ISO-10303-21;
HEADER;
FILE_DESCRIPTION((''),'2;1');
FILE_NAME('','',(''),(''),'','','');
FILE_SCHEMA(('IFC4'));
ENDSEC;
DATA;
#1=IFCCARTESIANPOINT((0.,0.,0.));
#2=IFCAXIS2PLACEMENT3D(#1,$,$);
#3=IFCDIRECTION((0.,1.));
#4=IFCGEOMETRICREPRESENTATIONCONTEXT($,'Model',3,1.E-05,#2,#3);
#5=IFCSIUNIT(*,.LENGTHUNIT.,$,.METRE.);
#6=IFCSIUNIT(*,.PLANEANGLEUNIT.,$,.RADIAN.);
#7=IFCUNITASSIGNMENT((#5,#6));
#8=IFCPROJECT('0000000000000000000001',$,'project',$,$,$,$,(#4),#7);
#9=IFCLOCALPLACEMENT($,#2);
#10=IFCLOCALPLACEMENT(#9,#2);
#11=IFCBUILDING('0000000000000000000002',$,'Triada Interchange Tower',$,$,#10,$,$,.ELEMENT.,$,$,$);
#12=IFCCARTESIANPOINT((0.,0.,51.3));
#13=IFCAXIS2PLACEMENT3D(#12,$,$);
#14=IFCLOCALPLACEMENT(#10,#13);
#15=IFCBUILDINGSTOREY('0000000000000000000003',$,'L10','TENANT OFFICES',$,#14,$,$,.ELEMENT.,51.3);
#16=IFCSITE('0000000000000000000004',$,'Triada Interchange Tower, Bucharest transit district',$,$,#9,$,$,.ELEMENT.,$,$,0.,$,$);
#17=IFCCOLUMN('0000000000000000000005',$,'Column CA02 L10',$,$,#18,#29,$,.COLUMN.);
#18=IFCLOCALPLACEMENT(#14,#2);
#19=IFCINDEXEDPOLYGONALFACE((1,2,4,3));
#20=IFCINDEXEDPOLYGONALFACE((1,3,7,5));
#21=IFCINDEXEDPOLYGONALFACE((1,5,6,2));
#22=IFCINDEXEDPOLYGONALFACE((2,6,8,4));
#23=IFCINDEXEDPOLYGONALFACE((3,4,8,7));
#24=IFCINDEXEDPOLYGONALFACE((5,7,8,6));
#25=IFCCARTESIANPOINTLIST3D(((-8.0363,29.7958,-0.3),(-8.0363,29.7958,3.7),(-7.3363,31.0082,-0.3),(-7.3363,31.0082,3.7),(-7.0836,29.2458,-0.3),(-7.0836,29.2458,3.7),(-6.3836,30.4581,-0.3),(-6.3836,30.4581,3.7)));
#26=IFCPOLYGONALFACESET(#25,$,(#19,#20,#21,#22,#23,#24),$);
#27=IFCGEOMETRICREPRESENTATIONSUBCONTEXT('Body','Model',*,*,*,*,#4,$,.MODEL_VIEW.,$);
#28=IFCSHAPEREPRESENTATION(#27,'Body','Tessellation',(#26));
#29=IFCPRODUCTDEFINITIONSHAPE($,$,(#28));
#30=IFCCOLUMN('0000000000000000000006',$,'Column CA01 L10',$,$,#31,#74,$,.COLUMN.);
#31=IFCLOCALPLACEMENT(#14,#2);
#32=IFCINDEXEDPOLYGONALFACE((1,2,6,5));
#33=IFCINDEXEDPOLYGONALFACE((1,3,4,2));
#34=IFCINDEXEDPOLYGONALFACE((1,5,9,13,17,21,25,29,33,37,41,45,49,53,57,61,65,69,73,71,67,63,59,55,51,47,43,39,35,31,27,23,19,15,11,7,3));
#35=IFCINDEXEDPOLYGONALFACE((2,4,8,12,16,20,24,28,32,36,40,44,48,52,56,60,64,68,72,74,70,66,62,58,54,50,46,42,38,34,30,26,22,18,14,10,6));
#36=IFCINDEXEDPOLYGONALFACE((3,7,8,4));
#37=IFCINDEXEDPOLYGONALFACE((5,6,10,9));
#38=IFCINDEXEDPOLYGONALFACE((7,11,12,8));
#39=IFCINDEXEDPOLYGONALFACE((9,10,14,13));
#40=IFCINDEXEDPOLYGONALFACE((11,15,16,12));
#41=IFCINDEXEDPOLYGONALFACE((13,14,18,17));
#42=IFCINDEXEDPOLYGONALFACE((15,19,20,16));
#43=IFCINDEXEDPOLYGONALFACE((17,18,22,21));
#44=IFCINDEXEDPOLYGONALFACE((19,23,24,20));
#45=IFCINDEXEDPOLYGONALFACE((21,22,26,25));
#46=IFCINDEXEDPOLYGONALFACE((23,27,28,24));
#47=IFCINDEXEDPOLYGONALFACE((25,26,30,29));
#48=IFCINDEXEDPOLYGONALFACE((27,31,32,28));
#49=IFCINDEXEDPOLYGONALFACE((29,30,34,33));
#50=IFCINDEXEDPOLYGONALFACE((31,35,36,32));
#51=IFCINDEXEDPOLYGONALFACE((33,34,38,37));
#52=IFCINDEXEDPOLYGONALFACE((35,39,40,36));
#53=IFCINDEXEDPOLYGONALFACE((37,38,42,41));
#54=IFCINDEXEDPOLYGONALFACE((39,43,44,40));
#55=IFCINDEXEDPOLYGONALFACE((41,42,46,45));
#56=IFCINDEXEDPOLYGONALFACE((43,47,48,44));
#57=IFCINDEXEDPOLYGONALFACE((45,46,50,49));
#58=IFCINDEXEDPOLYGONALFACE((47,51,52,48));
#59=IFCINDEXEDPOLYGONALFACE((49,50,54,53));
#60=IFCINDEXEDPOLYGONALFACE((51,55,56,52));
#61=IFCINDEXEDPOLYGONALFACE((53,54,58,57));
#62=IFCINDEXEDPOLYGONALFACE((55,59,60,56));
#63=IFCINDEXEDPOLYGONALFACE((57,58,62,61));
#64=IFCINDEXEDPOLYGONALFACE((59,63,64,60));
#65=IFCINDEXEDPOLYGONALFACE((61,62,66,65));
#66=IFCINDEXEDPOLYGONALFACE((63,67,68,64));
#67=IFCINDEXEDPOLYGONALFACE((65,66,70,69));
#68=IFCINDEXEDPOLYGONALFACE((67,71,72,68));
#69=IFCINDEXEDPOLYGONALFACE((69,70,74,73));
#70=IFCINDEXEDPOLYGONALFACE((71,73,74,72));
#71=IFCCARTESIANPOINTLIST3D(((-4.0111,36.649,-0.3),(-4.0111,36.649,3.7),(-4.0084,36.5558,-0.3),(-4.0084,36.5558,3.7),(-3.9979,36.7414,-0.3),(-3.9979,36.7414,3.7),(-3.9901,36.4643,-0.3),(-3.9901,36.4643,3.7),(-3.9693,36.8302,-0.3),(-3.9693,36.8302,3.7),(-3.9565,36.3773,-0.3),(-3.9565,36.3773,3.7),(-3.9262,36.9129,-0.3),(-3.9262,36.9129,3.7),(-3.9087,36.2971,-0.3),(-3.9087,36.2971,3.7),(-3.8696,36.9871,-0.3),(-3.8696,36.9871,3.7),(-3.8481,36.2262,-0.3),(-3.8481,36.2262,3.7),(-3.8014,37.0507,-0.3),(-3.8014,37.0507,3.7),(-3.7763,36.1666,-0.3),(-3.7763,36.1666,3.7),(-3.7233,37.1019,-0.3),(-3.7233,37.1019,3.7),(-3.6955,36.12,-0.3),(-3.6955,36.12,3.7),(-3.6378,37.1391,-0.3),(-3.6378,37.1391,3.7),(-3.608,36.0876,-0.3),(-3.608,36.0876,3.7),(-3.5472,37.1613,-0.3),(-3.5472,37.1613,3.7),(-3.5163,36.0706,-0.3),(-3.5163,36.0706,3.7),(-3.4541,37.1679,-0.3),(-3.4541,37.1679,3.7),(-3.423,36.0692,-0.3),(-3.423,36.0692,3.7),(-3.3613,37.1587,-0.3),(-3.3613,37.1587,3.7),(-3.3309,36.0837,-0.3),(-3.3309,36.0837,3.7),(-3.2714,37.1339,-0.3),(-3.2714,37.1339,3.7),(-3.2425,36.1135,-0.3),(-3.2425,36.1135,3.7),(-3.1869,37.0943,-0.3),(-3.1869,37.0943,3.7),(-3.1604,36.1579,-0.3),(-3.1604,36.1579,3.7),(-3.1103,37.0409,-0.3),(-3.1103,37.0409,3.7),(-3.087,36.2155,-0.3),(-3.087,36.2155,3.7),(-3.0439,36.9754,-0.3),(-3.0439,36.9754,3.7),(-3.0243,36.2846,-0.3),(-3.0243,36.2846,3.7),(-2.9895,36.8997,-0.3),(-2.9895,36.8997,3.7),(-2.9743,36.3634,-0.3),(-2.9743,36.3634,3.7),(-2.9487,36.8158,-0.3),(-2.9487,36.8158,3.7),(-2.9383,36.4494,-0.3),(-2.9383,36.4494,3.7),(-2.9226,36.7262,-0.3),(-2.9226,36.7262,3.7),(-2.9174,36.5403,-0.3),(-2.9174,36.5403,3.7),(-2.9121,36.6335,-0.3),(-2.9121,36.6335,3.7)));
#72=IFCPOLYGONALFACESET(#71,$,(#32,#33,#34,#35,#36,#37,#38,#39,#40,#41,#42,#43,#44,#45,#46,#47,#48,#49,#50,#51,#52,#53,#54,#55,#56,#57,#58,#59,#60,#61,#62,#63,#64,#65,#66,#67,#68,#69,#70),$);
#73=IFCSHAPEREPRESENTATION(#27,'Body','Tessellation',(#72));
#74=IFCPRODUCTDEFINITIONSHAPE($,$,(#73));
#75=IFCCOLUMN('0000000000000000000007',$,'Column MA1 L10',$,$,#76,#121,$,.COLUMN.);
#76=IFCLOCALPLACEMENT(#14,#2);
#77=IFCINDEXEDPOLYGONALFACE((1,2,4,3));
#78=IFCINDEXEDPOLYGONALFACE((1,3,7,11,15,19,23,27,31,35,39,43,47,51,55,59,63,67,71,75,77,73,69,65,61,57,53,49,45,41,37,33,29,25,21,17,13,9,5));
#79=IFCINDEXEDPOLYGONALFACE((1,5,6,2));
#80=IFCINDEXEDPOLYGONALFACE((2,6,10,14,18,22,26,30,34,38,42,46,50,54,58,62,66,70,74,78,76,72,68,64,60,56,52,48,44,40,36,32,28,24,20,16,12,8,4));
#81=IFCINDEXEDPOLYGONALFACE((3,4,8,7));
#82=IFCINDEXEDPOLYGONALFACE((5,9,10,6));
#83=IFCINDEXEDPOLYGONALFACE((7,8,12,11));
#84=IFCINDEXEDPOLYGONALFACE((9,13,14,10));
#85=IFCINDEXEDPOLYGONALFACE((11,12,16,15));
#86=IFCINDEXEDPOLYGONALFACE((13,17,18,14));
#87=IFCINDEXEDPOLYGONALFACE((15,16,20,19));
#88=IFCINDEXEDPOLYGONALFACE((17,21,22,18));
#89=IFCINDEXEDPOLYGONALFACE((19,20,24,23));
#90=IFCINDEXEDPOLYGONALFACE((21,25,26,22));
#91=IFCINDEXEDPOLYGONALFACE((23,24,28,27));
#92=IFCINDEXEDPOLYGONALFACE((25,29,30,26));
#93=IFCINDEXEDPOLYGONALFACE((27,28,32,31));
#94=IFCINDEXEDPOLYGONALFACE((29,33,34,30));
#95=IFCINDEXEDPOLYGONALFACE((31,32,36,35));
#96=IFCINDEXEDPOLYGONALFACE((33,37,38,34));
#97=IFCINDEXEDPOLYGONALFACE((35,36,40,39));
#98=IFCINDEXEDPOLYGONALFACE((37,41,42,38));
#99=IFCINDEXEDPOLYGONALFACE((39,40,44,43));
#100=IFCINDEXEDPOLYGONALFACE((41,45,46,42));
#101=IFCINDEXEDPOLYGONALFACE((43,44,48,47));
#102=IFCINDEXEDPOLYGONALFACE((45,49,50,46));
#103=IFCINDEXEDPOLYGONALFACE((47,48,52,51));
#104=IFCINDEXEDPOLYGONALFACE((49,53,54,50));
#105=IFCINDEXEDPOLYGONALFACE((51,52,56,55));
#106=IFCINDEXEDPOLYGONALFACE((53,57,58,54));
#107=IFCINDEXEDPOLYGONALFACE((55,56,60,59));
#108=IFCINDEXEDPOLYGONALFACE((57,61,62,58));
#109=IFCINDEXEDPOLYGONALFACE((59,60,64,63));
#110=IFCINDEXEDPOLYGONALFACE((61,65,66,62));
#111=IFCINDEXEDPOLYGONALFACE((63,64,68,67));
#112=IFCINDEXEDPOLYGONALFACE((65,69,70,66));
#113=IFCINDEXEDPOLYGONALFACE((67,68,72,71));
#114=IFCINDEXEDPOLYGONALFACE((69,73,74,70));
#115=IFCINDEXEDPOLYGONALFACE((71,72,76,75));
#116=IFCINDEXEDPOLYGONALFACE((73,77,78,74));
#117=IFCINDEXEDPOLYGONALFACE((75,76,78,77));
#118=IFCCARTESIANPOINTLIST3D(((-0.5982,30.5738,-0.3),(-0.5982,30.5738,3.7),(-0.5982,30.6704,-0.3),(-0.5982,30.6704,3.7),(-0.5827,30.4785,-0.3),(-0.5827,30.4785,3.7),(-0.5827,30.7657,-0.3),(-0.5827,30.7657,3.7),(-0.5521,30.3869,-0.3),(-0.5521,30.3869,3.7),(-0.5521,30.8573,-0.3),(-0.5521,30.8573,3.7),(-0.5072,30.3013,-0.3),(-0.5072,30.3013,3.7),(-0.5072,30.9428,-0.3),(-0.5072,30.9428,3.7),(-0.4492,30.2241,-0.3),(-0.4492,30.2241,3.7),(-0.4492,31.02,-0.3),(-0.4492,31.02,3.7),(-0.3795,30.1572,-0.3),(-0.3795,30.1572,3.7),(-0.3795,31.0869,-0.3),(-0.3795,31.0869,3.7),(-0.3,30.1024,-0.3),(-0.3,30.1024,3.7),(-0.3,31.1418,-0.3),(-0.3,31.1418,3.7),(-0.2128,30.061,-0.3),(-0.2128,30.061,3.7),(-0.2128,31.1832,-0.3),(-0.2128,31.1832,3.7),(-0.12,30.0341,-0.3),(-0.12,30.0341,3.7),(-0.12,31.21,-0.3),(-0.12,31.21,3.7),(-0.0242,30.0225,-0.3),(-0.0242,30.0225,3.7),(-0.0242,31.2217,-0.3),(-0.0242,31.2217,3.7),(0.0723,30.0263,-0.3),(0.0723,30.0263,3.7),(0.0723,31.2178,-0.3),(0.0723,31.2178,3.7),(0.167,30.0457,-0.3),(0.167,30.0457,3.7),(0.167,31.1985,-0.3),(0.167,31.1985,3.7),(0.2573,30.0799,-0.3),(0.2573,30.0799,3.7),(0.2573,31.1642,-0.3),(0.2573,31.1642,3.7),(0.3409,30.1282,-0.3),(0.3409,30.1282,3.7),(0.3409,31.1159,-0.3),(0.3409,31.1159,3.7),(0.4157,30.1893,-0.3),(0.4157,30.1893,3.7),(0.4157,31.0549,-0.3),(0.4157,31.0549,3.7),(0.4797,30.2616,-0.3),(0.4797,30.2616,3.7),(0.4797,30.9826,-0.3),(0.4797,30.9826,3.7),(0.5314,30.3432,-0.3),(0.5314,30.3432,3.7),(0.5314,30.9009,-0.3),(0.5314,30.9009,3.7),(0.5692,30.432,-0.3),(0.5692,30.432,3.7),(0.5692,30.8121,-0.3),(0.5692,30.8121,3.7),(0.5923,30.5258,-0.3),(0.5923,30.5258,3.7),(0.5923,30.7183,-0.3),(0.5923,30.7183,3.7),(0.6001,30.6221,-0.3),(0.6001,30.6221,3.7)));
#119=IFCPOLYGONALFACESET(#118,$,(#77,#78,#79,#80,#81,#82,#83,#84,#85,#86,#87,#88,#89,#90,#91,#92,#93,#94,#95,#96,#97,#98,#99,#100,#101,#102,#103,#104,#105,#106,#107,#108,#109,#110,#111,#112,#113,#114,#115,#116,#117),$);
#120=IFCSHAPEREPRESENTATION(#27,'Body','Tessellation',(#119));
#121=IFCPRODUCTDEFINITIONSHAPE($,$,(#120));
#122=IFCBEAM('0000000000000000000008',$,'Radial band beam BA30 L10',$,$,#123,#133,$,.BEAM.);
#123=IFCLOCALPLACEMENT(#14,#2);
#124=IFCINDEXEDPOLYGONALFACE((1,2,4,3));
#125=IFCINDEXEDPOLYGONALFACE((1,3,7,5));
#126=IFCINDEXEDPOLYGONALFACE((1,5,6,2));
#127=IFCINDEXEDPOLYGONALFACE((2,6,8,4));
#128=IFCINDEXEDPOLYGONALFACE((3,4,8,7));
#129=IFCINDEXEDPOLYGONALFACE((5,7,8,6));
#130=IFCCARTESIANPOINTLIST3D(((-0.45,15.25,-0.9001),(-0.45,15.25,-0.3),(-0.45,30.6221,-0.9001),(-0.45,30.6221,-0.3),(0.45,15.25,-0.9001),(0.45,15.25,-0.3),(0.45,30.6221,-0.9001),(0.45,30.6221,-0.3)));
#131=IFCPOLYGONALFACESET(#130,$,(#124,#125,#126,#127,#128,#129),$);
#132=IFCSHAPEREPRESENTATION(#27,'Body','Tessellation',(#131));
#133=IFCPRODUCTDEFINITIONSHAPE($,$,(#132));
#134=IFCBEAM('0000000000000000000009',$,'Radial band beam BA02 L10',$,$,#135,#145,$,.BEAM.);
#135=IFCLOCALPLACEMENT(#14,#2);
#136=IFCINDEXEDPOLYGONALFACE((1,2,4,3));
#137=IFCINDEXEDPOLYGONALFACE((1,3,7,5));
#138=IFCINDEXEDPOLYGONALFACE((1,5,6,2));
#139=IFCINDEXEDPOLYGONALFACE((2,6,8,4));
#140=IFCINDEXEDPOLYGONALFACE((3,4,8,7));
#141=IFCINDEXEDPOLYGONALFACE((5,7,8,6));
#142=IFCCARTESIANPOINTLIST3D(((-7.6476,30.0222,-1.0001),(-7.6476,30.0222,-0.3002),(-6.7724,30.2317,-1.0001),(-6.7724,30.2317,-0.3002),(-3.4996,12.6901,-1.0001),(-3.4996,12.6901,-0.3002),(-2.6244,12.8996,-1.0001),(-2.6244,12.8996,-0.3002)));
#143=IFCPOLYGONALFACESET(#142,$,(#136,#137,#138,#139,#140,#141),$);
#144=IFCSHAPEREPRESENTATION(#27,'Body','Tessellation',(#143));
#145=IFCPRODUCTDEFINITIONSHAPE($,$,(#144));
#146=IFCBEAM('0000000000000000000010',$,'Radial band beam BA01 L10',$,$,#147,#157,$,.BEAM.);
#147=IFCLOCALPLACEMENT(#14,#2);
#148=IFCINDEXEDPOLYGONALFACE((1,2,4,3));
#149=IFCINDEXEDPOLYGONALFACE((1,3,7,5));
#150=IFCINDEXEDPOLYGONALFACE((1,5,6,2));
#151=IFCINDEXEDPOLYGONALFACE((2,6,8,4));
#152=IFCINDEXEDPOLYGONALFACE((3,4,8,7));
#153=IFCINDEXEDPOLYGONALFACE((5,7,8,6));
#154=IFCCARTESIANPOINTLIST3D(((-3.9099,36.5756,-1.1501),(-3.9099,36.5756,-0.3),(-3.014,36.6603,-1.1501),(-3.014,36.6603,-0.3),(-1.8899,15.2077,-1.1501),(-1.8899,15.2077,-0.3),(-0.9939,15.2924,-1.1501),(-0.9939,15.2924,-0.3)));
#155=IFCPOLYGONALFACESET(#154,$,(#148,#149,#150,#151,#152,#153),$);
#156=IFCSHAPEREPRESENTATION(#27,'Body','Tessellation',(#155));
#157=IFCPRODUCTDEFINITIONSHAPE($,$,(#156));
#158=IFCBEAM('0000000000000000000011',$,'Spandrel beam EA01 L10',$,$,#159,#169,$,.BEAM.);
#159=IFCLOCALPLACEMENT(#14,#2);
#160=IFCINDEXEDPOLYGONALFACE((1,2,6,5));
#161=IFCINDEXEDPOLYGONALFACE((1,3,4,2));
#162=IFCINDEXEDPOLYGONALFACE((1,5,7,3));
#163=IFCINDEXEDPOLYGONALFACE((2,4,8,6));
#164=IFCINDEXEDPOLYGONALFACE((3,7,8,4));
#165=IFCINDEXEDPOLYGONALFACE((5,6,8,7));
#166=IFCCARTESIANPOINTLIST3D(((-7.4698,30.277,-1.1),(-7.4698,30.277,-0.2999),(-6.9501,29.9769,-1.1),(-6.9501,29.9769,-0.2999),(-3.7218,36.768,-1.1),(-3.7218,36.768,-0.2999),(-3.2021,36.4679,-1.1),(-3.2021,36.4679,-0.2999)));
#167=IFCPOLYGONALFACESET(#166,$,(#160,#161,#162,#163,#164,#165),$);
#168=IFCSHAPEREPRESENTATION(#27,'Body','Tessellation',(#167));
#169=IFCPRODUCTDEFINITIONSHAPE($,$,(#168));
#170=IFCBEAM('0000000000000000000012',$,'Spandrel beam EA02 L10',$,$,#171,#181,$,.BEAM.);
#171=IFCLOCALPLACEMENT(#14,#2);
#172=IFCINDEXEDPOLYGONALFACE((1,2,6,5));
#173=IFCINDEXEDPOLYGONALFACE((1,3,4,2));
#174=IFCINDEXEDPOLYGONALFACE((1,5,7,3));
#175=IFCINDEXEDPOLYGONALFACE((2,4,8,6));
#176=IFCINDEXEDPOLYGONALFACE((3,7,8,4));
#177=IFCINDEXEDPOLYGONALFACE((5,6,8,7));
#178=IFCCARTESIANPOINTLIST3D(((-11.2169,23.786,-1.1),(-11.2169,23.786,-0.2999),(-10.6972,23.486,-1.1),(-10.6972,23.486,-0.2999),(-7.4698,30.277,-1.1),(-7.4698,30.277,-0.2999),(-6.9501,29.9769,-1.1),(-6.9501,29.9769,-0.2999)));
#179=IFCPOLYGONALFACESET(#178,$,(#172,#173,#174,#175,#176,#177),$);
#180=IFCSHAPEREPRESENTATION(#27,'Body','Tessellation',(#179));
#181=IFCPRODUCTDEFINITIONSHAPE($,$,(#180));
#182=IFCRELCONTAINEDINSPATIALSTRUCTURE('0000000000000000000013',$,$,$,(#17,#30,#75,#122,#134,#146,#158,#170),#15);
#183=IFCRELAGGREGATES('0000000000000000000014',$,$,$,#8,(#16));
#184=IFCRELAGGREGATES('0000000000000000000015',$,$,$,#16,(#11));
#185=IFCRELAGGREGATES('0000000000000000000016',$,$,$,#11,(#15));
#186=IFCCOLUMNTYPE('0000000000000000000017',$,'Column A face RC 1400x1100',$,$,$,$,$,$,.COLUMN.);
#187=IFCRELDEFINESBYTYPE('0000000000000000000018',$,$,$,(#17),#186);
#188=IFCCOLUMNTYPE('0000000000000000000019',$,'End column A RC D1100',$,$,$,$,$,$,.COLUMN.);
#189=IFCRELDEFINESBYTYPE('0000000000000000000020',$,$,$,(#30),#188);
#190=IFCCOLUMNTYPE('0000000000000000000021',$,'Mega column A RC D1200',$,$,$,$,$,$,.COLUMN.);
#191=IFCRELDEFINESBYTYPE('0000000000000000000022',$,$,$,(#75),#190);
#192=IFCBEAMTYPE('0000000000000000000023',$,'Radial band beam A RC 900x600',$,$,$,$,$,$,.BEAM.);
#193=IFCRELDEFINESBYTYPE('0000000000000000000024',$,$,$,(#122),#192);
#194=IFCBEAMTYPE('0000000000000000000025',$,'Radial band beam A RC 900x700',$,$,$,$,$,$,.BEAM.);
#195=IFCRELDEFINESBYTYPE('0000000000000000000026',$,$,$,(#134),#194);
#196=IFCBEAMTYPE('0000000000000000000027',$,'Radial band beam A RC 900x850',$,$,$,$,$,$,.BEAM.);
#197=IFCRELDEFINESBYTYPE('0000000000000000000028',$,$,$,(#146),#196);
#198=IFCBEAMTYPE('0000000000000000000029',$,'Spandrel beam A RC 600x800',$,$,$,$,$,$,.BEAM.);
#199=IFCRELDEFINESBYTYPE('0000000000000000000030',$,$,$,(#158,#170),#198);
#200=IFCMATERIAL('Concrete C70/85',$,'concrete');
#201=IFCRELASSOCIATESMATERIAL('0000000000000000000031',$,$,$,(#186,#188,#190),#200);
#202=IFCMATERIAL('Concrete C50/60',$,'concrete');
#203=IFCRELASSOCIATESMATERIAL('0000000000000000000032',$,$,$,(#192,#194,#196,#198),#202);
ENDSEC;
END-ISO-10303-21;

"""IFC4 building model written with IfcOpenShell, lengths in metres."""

from ifc_helpers import new_model, si_unit, direction, frame, origin, origin_2d, place, context, subcontext, project, spatial, rectangle, circle, extrude, material, material_profile, profile_set, type_object, element, save


model = new_model("IFC4")

# Units and contexts
model_context = context("Model", 3, precision=1e-05, world=origin(), true_north=direction((0.0, 1.0)))
body_context = subcontext(model_context, "Body", "Model", "MODEL_VIEW")
ifc_project = project(units=[si_unit("LENGTHUNIT", "METRE"), si_unit("PLANEANGLEUNIT", "RADIAN")], contexts=[model_context])

# Site, building, storey
site_placement = place(None, origin())
site = spatial("IfcSite", under=ifc_project, at=site_placement, Name="Triada Interchange Tower, Bucharest transit district", CompositionType="ELEMENT", RefElevation=0.0)
building_placement = place(site_placement, origin())
building = spatial("IfcBuilding", under=site, at=building_placement, Name="Triada Interchange Tower", CompositionType="ELEMENT")
storey_placement = place(building_placement, frame((0.0, 0.0, 51.3)))
storey = spatial("IfcBuildingStorey", under=building, at=storey_placement, Name="L10", Description="TENANT OFFICES", CompositionType="ELEMENT", Elevation=51.3)

# Columns
ifc_material_1 = material(Name="Concrete C70/85", Category="concrete")
ifc_material_profile_1 = material_profile(ifc_material_1, rectangle(XDim=1.3999, YDim=1.1001, at=origin_2d()), Name="RC 1400x1100")
ifc_profile_set_1 = profile_set([ifc_material_profile_1], Name="Concrete C70/85")
column_type_1 = type_object("IfcColumnType", Name="Column A face RC 1400x1100", PredefinedType="COLUMN", material=ifc_profile_set_1)
column_1_placement = place(storey_placement, frame((-7.21, 30.127, -0.3), z_axis=(0.0, 0.0, 1.0), x_axis=(0.5, 0.866025, 0.0)))
element("IfcColumn", 1, at=column_1_placement, inside=storey, type_object=column_type_1, Name="Column CA02 L10", PredefinedType="COLUMN", context=body_context, shape_type="SweptSolid", body=[
    extrude(rectangle(XDim=1.3999, YDim=1.1001, at=origin_2d()), origin(), (0.0, 0.0, 1.0), 4.0),
])
ifc_material_profile_2 = material_profile(ifc_material_1, circle(Radius=0.55, at=origin_2d()), Name="RC D1100")
ifc_profile_set_2 = profile_set([ifc_material_profile_2], Name="Concrete C70/85")
column_type_2 = type_object("IfcColumnType", Name="End column A RC D1100", PredefinedType="COLUMN", material=ifc_profile_set_2)
column_2_placement = place(storey_placement, frame((-3.4619, 36.6179, -0.3), z_axis=(0.0, 0.0, 1.0), x_axis=(0.5, 0.866025, 0.0)))
element("IfcColumn", 2, at=column_2_placement, inside=storey, type_object=column_type_2, Name="Column CA01 L10", PredefinedType="COLUMN", context=body_context, shape_type="SweptSolid", body=[
    extrude(circle(Radius=0.55, at=origin_2d()), origin(), (0.0, 0.0, 1.0), 4.0),
])
ifc_material_profile_3 = material_profile(ifc_material_1, circle(Radius=0.6001, at=origin_2d()), Name="RC D1200")
ifc_profile_set_3 = profile_set([ifc_material_profile_3], Name="Concrete C70/85")
column_type_3 = type_object("IfcColumnType", Name="Mega column A RC D1200", PredefinedType="COLUMN", material=ifc_profile_set_3)
column_3_placement = place(storey_placement, frame((0.0, 30.6221, -0.3), z_axis=(0.0, 0.0, 1.0), x_axis=(1.0, 0.0, 0.0)))
element("IfcColumn", 3, at=column_3_placement, inside=storey, type_object=column_type_3, Name="Column MA1 L10", PredefinedType="COLUMN", context=body_context, shape_type="SweptSolid", body=[
    extrude(circle(Radius=0.6001, at=origin_2d()), origin(), (0.0, 0.0, 1.0), 4.0),
])

# Beams
ifc_material_2 = material(Name="Concrete C50/60", Category="concrete")
ifc_material_profile_4 = material_profile(ifc_material_2, rectangle(XDim=0.8999, YDim=0.6001, at=origin_2d()), Name="RC 900x600")
ifc_profile_set_4 = profile_set([ifc_material_profile_4], Name="Concrete C50/60")
beam_type_1 = type_object("IfcBeamType", Name="Radial band beam A RC 900x600", PredefinedType="BEAM", material=ifc_profile_set_4)
beam_1_placement = place(storey_placement, frame((0.0, 30.6221, -0.6001), z_axis=(0.0, -1.0, 0.0), x_axis=(1.0, 0.0, 0.0)))
element("IfcBeam", 4, at=beam_1_placement, inside=storey, type_object=beam_type_1, Name="Radial band beam BA30 L10", PredefinedType="BEAM", context=body_context, shape_type="SweptSolid", body=[
    extrude(rectangle(XDim=0.8999, YDim=0.6001, at=origin_2d()), origin(), (0.0, 0.0, 1.0), 15.3721),
])
ifc_material_profile_5 = material_profile(ifc_material_2, rectangle(XDim=0.8999, YDim=0.7, at=origin_2d()), Name="RC 900x700")
ifc_profile_set_5 = profile_set([ifc_material_profile_5], Name="Concrete C50/60")
beam_type_2 = type_object("IfcBeamType", Name="Radial band beam A RC 900x700", PredefinedType="BEAM", material=ifc_profile_set_5)
beam_2_placement = place(storey_placement, frame((-7.21, 30.127, -0.6501), z_axis=(0.23275, -0.972537, 0.0), x_axis=(0.972537, 0.23275, 0.0)))
element("IfcBeam", 5, at=beam_2_placement, inside=storey, type_object=beam_type_2, Name="Radial band beam BA02 L10", PredefinedType="BEAM", context=body_context, shape_type="SweptSolid", body=[
    extrude(rectangle(XDim=0.8999, YDim=0.7, at=origin_2d()), origin(), (0.0, 0.0, 1.0), 17.8215),
])
ifc_material_profile_6 = material_profile(ifc_material_2, rectangle(XDim=0.8999, YDim=0.8501, at=origin_2d()), Name="RC 900x850")
ifc_profile_set_6 = profile_set([ifc_material_profile_6], Name="Concrete C50/60")
beam_type_3 = type_object("IfcBeamType", Name="Radial band beam A RC 900x850", PredefinedType="BEAM", material=ifc_profile_set_6)
beam_3_placement = place(storey_placement, frame((-3.4619, 36.6179, -0.7251), z_axis=(0.094116, -0.995561, 0.0), x_axis=(0.995561, 0.094116, 0.0)))
element("IfcBeam", 6, at=beam_3_placement, inside=storey, type_object=beam_type_3, Name="Radial band beam BA01 L10", PredefinedType="BEAM", context=body_context, shape_type="SweptSolid", body=[
    extrude(rectangle(XDim=0.8999, YDim=0.8501, at=origin_2d()), origin(), (0.0, 0.0, 1.0), 21.4631),
])
ifc_material_profile_7 = material_profile(ifc_material_2, rectangle(XDim=0.6001, YDim=0.8, at=origin_2d()), Name="RC 600x800")
ifc_profile_set_7 = profile_set([ifc_material_profile_7], Name="Concrete C50/60")
beam_type_4 = type_object("IfcBeamType", Name="Spandrel beam A RC 600x800", PredefinedType="BEAM", material=ifc_profile_set_7)
beam_4_placement = place(storey_placement, frame((-3.4619, 36.6179, -0.7), z_axis=(-0.500049, -0.865997, 0.0), x_axis=(0.865997, -0.500049, 0.0)))
element("IfcBeam", 7, at=beam_4_placement, inside=storey, type_object=beam_type_4, Name="Spandrel beam EA01 L10", PredefinedType="BEAM", context=body_context, shape_type="SweptSolid", body=[
    extrude(rectangle(XDim=0.6001, YDim=0.8, at=origin_2d()), origin(), (0.0, 0.0, 1.0), 7.4954),
])
beam_5_placement = place(storey_placement, frame((-7.21, 30.127, -0.7), z_axis=(-0.499951, -0.866054, 0.0), x_axis=(0.866054, -0.499951, 0.0)))
element("IfcBeam", 8, at=beam_5_placement, inside=storey, type_object=beam_type_4, Name="Spandrel beam EA02 L10", PredefinedType="BEAM", context=body_context, shape_type="SweptSolid", body=[
    extrude(rectangle(XDim=0.6001, YDim=0.8, at=origin_2d()), origin(), (0.0, 0.0, 1.0), 7.4949),
])

save(model, "model.ifc")
